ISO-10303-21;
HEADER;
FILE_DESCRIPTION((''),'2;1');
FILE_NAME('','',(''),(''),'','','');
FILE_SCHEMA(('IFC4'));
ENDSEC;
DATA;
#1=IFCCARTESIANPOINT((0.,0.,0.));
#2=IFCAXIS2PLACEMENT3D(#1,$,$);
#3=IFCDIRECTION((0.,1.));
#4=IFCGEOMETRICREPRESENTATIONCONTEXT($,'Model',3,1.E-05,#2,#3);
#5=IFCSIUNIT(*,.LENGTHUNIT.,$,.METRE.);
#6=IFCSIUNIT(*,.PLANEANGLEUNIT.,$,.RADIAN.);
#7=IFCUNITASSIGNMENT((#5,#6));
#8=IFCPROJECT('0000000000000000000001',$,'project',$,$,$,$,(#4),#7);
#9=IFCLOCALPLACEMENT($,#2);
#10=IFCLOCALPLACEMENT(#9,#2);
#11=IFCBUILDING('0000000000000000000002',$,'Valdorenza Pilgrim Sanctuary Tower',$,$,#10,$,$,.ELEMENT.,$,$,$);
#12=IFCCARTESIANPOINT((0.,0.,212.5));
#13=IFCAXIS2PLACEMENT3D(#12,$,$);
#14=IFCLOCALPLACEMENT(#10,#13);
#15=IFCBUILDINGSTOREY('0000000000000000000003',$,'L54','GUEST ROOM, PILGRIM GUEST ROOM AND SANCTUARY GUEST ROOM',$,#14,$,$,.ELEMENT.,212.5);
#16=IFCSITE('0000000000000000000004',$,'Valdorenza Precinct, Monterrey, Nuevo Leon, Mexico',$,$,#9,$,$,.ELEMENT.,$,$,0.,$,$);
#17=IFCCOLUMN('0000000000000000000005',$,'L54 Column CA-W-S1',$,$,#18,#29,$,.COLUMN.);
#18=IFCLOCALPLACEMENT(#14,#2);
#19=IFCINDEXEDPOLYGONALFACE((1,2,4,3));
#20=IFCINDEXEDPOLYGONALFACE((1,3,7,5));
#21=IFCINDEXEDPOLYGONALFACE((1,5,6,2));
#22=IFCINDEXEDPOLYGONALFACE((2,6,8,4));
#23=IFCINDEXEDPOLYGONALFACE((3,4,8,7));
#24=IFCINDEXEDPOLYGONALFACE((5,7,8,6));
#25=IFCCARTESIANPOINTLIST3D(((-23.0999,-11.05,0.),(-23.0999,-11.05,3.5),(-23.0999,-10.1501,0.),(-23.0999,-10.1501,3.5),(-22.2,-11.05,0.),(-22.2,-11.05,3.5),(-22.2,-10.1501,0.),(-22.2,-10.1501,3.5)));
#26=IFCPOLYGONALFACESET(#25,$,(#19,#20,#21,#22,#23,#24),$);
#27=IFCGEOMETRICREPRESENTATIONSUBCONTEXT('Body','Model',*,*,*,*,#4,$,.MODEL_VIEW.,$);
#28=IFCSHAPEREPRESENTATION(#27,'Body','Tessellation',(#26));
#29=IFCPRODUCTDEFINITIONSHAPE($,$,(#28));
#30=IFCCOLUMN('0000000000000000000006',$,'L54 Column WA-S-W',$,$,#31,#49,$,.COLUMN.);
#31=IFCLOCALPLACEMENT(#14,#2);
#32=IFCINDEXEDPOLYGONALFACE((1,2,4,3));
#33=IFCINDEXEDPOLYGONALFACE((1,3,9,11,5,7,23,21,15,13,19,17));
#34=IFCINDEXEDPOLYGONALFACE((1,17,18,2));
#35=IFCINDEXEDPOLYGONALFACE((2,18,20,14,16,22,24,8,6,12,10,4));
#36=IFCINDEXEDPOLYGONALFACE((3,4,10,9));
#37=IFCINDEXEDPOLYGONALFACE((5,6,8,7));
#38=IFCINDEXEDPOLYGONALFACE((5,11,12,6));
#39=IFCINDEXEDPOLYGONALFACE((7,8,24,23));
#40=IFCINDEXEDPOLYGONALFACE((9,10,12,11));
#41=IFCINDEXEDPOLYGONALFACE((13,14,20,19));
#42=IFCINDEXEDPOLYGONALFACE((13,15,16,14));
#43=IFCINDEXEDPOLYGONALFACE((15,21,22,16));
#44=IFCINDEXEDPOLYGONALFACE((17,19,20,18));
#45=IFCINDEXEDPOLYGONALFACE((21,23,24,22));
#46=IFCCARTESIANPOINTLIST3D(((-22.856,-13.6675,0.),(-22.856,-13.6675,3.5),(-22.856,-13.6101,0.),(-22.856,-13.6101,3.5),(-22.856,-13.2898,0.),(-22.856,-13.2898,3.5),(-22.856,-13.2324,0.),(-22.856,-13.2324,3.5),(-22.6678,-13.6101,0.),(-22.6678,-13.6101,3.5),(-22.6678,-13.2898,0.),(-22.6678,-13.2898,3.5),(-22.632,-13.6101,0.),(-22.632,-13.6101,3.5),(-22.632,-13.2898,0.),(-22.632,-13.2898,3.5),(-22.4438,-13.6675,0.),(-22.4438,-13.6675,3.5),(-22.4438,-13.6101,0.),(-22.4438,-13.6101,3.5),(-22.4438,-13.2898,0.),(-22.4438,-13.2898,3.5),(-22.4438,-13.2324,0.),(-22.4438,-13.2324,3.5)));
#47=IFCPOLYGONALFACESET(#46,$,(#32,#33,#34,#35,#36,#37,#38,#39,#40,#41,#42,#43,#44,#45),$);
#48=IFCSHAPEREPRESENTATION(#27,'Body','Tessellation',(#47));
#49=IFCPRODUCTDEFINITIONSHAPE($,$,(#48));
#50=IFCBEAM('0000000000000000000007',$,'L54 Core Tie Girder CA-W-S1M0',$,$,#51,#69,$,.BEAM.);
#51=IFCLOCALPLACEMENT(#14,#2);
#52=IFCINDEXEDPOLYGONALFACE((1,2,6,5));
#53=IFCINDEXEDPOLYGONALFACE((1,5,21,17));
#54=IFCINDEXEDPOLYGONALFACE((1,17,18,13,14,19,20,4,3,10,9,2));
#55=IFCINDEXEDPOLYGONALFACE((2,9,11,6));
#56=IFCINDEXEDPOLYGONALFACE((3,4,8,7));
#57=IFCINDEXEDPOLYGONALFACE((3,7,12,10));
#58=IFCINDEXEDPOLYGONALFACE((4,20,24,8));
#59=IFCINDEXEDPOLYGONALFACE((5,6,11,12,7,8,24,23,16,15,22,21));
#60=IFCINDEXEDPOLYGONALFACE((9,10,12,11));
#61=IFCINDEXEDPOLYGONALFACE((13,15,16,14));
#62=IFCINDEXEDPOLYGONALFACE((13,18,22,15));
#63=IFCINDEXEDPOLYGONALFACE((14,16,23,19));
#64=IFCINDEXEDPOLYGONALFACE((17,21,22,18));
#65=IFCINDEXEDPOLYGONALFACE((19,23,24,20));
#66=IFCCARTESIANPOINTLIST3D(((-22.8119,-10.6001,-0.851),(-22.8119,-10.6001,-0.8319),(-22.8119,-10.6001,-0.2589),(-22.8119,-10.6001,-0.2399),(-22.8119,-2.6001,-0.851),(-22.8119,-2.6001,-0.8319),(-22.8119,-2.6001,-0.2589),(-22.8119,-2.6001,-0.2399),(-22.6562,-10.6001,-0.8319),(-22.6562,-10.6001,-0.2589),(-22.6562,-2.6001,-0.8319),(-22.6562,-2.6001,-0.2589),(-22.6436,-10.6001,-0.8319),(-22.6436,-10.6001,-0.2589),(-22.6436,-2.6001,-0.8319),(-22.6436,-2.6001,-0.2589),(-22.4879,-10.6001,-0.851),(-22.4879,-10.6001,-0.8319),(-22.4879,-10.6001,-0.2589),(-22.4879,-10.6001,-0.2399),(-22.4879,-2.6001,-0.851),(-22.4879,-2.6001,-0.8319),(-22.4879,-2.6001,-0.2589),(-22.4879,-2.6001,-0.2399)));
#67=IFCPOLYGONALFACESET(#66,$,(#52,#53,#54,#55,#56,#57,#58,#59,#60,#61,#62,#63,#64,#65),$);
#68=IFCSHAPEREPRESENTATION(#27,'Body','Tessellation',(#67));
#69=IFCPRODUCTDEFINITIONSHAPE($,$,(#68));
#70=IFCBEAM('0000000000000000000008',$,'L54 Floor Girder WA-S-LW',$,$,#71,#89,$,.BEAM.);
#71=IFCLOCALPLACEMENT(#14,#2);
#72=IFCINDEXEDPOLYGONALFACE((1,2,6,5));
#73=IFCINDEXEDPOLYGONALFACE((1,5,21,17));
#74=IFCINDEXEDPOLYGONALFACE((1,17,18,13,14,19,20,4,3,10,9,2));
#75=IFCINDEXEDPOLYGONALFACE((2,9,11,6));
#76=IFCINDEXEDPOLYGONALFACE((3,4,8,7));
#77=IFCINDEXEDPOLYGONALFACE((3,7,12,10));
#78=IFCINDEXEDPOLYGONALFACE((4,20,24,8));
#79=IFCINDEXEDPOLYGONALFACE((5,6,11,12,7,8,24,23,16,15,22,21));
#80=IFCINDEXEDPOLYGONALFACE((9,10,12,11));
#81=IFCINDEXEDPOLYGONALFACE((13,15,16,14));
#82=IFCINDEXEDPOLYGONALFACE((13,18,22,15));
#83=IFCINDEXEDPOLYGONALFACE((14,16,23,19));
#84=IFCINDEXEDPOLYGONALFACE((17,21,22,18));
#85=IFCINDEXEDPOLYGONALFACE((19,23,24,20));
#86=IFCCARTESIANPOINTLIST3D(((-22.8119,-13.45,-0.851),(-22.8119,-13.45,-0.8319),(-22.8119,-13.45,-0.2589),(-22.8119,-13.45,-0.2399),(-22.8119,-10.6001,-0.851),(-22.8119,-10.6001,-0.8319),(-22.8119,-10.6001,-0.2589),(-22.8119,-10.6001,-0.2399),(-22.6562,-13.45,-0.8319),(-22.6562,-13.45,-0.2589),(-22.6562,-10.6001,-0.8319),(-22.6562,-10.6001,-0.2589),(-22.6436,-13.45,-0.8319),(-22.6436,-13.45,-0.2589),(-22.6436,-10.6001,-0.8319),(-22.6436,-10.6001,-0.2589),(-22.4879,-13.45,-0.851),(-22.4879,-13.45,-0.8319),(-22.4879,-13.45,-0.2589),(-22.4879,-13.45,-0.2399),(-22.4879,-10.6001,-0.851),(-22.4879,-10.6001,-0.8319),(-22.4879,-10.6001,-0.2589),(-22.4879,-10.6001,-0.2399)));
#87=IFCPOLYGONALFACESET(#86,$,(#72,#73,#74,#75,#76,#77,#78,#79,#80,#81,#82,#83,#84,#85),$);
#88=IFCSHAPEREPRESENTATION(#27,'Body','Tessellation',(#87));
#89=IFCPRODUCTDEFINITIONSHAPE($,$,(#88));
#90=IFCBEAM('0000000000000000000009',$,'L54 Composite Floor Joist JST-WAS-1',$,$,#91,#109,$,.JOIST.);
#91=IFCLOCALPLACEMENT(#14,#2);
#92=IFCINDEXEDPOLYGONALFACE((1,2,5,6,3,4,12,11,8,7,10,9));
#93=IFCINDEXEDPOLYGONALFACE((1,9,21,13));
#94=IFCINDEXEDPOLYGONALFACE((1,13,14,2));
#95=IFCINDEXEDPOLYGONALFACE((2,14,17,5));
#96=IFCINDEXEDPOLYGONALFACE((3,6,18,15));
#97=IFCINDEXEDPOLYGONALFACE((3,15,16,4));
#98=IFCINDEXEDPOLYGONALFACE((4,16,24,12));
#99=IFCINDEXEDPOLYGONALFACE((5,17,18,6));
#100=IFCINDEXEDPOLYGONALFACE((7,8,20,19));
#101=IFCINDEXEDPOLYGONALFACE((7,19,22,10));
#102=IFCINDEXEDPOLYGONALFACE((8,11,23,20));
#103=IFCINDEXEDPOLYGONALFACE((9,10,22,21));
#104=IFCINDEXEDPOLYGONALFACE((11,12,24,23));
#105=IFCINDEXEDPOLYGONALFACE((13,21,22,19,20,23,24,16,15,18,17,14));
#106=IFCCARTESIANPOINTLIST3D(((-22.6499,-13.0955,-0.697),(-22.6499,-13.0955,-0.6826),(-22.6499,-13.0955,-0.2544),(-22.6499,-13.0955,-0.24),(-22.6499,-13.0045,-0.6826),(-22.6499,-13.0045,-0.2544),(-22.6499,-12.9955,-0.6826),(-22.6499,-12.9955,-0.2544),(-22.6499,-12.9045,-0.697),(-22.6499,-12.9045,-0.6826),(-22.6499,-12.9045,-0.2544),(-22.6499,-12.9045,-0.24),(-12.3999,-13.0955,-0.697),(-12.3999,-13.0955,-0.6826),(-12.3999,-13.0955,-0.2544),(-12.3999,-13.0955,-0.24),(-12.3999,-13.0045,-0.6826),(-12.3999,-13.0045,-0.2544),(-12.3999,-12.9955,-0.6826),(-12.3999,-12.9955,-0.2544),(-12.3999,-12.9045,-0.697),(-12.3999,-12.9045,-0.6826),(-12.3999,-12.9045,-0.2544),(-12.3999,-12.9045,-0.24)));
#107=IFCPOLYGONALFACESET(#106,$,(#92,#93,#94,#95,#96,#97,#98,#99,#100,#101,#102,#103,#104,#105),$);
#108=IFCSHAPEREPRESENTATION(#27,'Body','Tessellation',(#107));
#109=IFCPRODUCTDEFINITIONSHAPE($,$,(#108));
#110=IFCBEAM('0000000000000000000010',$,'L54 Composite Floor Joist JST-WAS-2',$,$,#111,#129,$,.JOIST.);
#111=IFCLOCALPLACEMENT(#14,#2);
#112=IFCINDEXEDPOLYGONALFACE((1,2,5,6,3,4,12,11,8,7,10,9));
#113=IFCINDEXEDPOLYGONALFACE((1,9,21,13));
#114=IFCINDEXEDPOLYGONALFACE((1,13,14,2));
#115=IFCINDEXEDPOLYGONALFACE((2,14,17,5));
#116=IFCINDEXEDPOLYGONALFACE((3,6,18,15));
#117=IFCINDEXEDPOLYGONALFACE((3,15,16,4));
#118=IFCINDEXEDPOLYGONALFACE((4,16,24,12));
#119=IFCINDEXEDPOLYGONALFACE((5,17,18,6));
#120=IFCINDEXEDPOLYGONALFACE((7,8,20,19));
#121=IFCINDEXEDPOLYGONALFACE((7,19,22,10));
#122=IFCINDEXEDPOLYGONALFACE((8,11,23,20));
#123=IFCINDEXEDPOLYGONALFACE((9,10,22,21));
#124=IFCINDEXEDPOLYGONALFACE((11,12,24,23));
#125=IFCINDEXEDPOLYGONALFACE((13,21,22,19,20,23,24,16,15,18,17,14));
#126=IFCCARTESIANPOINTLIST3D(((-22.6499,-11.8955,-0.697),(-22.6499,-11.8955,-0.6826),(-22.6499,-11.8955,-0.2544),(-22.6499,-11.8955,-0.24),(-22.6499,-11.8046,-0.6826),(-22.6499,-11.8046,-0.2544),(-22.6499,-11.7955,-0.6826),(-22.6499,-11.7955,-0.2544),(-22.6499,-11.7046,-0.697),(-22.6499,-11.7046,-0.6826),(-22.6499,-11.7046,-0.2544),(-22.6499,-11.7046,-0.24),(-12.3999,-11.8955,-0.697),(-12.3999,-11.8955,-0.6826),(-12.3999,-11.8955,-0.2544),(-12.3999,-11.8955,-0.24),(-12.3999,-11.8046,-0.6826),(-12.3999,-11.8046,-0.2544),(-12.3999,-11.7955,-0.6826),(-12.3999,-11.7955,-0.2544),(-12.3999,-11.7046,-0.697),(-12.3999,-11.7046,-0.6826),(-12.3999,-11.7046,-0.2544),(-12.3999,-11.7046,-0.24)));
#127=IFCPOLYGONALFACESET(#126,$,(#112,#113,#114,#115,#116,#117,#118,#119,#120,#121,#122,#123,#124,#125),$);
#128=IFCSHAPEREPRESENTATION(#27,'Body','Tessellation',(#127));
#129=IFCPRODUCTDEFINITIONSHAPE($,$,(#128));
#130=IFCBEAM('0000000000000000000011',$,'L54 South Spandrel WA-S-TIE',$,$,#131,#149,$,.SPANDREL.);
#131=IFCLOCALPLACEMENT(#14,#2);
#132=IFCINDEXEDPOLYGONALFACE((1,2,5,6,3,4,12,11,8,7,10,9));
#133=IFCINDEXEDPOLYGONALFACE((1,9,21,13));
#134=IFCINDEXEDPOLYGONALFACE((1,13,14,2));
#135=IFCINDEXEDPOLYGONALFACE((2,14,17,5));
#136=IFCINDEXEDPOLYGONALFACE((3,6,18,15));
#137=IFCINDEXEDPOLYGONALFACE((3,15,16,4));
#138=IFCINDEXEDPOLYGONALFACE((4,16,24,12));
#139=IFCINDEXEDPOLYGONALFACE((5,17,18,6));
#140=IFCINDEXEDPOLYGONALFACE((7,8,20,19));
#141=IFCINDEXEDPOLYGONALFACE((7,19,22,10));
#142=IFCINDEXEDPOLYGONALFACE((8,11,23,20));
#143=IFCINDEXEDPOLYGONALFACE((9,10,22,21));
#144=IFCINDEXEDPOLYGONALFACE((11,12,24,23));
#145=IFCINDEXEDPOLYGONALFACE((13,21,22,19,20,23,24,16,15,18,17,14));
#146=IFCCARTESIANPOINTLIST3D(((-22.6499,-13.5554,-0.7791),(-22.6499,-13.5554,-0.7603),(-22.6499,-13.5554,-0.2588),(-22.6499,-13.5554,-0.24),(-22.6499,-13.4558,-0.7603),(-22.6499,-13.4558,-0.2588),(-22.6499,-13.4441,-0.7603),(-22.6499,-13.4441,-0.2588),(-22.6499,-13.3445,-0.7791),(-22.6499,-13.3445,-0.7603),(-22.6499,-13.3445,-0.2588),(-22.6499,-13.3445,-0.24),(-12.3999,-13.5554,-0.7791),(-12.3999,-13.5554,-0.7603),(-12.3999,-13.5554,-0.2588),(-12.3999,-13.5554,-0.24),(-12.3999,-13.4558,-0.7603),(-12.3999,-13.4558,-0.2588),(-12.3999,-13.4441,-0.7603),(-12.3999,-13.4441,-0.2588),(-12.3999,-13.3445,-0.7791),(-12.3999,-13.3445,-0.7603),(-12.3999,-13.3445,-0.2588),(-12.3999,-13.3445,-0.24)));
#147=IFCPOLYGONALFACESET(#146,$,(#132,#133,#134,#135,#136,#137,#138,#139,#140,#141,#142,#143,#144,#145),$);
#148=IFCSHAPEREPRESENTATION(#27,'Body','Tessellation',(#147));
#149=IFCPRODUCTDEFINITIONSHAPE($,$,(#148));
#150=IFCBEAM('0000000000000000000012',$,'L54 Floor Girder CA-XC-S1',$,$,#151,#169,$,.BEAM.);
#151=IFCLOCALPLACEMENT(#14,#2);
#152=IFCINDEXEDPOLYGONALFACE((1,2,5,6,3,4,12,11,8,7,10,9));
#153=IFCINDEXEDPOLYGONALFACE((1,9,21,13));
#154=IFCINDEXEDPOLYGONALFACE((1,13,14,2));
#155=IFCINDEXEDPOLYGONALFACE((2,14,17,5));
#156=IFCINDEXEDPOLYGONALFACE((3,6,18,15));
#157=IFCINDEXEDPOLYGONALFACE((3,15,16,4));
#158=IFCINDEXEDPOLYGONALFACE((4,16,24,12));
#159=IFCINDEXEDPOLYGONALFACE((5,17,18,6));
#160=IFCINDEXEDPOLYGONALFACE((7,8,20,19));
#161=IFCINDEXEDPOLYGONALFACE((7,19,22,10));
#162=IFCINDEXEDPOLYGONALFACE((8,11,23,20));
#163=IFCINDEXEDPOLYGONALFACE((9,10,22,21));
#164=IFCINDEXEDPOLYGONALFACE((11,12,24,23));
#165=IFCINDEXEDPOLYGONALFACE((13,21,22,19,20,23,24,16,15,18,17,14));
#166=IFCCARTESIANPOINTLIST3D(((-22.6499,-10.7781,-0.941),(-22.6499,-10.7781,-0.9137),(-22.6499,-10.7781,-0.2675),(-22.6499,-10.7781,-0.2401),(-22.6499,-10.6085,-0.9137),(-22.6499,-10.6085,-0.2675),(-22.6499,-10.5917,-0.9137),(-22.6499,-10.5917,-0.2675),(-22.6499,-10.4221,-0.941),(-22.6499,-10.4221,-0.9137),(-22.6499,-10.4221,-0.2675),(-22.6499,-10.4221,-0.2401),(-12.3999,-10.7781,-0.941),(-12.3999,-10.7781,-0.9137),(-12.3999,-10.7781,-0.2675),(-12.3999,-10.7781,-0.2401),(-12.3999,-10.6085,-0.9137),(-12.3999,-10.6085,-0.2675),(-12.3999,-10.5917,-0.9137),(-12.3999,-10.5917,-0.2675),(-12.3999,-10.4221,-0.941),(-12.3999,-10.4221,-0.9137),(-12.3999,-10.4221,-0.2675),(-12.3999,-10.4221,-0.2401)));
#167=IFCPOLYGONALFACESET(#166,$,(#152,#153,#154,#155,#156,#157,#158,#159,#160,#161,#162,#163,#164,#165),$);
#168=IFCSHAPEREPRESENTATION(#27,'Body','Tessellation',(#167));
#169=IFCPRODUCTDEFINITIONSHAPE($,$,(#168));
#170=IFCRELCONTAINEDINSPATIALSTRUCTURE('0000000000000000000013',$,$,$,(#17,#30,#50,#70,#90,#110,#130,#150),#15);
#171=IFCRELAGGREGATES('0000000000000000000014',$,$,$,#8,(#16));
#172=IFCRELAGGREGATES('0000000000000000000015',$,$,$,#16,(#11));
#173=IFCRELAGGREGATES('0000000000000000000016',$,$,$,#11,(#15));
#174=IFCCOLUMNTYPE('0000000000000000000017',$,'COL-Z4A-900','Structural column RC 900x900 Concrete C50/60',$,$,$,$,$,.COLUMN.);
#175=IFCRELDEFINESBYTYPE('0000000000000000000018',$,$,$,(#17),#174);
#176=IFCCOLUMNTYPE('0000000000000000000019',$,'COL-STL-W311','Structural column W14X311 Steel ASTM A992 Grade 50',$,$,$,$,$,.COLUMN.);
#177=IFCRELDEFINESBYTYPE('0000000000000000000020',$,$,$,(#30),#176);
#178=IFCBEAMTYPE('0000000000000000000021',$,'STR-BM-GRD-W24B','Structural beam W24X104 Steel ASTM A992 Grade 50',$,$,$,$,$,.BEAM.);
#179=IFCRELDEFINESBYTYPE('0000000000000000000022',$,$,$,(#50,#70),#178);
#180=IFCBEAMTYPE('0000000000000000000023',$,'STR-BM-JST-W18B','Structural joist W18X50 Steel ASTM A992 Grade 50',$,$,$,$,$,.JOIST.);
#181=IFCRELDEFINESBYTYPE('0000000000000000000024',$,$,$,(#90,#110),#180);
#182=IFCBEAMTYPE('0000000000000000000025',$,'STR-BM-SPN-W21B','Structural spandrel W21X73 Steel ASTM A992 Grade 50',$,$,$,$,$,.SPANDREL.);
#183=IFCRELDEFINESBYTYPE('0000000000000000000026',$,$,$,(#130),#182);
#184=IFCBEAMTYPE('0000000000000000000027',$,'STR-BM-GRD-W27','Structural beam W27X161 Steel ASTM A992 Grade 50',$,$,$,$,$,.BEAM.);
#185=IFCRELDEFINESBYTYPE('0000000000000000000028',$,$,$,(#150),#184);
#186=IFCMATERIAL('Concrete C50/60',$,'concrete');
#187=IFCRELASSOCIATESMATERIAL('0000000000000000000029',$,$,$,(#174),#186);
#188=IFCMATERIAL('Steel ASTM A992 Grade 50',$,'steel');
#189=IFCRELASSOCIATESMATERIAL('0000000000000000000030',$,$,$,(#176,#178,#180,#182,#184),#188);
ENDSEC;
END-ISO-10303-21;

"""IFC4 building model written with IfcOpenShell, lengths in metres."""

from ifc_helpers import new_model, si_unit, direction, frame, origin, origin_2d, place, context, subcontext, project, spatial, rectangle, i_section, extrude, source, transform, mapped, material, material_profile, profile_set, type_object, element, save


model = new_model("IFC4")

# Units and contexts
model_context = context("Model", 3, precision=1e-05, world=origin(), true_north=direction((0.0, 1.0)))
body_context = subcontext(model_context, "Body", "Model", "MODEL_VIEW")
ifc_project = project(units=[si_unit("LENGTHUNIT", "METRE"), si_unit("PLANEANGLEUNIT", "RADIAN")], contexts=[model_context])

# Site, building, storey
site_placement = place(None, origin())
site = spatial("IfcSite", under=ifc_project, at=site_placement, Name="Valdorenza Precinct, Monterrey, Nuevo Leon, Mexico", CompositionType="ELEMENT", RefElevation=0.0)
building_placement = place(site_placement, origin())
building = spatial("IfcBuilding", under=site, at=building_placement, Name="Valdorenza Pilgrim Sanctuary Tower", CompositionType="ELEMENT")
storey_placement = place(building_placement, frame((0.0, 0.0, 212.5)))
storey = spatial("IfcBuildingStorey", under=building, at=storey_placement, Name="L54", Description="GUEST ROOM, PILGRIM GUEST ROOM AND SANCTUARY GUEST ROOM", CompositionType="ELEMENT", Elevation=212.5)

# Columns
ifc_material_1 = material(Name="Concrete C50/60", Category="concrete")
ifc_material_profile_1 = material_profile(ifc_material_1, rectangle(XDim=0.8999, YDim=0.8999, at=origin_2d()), Name="RC 900x900")
ifc_profile_set_1 = profile_set([ifc_material_profile_1], Name="Concrete C50/60")
column_type_1 = type_object("IfcColumnType", Name="COL-Z4A-900", Description="Structural column RC 900x900 Concrete C50/60", PredefinedType="COLUMN", material=ifc_profile_set_1)
shared_shape_1 = source(origin(), body_context, "Body", "SweptSolid", [
    extrude(rectangle(XDim=0.8999, YDim=0.8999, at=origin_2d()), origin(), (0.0, 0.0, 1.0), 3.5),
])
column_1_placement = place(storey_placement, frame((-22.6499, -10.6001, 0.0), z_axis=(0.0, 0.0, 1.0), x_axis=(1.0, 0.0, 0.0)))
element("IfcColumn", 1, at=column_1_placement, inside=storey, type_object=column_type_1, Name="L54 Column CA-W-S1", PredefinedType="COLUMN", context=body_context, shape_type="MappedRepresentation", body=[
    mapped(shared_shape_1, transform((0.0, 0.0, 0.0), x_axis=(1.0, 0.0, 0.0), y_axis=(0.0, 1.0, 0.0), z_axis=(0.0, 0.0, 1.0), scale=1.0)),
])
ifc_material_2 = material(Name="Steel ASTM A992 Grade 50", Category="steel")
ifc_material_profile_2 = material_profile(ifc_material_2, i_section(OverallWidth=0.4121, OverallDepth=0.4351, WebThickness=0.0359, FlangeThickness=0.0574, at=origin_2d()), Name="W14X311")
ifc_profile_set_2 = profile_set([ifc_material_profile_2], Name="Steel ASTM A992 Grade 50")
column_type_2 = type_object("IfcColumnType", Name="COL-STL-W311", Description="Structural column W14X311 Steel ASTM A992 Grade 50", PredefinedType="COLUMN", material=ifc_profile_set_2)
shared_shape_2 = source(origin(), body_context, "Body", "SweptSolid", [
    extrude(i_section(OverallWidth=0.4121, OverallDepth=0.4351, WebThickness=0.0359, FlangeThickness=0.0574, at=origin_2d()), origin(), (0.0, 0.0, 1.0), 3.5),
])
column_2_placement = place(storey_placement, frame((-22.6499, -13.45, 0.0), z_axis=(0.0, 0.0, 1.0), x_axis=(1.0, 0.0, 0.0)))
element("IfcColumn", 2, at=column_2_placement, inside=storey, type_object=column_type_2, Name="L54 Column WA-S-W", PredefinedType="COLUMN", context=body_context, shape_type="MappedRepresentation", body=[
    mapped(shared_shape_2, transform((0.0, 0.0, 0.0), x_axis=(1.0, 0.0, 0.0), y_axis=(0.0, 1.0, 0.0), z_axis=(0.0, 0.0, 1.0), scale=1.0)),
])

# Beams
ifc_material_profile_3 = material_profile(ifc_material_2, i_section(OverallWidth=0.324, OverallDepth=0.6111, WebThickness=0.0127, FlangeThickness=0.019, at=origin_2d()), Name="W24X104")
ifc_profile_set_3 = profile_set([ifc_material_profile_3], Name="Steel ASTM A992 Grade 50")
beam_type_1 = type_object("IfcBeamType", Name="STR-BM-GRD-W24B", Description="Structural beam W24X104 Steel ASTM A992 Grade 50", PredefinedType="BEAM", material=ifc_profile_set_3)
shared_shape_3 = source(origin(), body_context, "Body", "SweptSolid", [
    extrude(i_section(OverallWidth=0.324, OverallDepth=0.6111, WebThickness=0.0127, FlangeThickness=0.019, at=origin_2d()), origin(), (0.0, 0.0, 1.0), 8.0),
])
beam_1_placement = place(storey_placement, frame((-22.6499, -10.6001, -0.5454), z_axis=(0.0, 1.0, 0.0), x_axis=(-1.0, 0.0, 0.0)))
element("IfcBeam", 3, at=beam_1_placement, inside=storey, type_object=beam_type_1, Name="L54 Core Tie Girder CA-W-S1M0", PredefinedType="BEAM", context=body_context, shape_type="MappedRepresentation", body=[
    mapped(shared_shape_3, transform((0.0, 0.0, 0.0), x_axis=(1.0, 0.0, 0.0), y_axis=(0.0, 1.0, 0.0), z_axis=(0.0, 0.0, 1.0), scale=1.0)),
])
shared_shape_4 = source(origin(), body_context, "Body", "SweptSolid", [
    extrude(i_section(OverallWidth=0.324, OverallDepth=0.6111, WebThickness=0.0127, FlangeThickness=0.019, at=origin_2d()), origin(), (0.0, 0.0, 1.0), 2.8499),
])
beam_2_placement = place(storey_placement, frame((-22.6499, -13.45, -0.5454), z_axis=(0.0, 1.0, 0.0), x_axis=(-1.0, 0.0, 0.0)))
element("IfcBeam", 4, at=beam_2_placement, inside=storey, type_object=beam_type_1, Name="L54 Floor Girder WA-S-LW", PredefinedType="BEAM", context=body_context, shape_type="MappedRepresentation", body=[
    mapped(shared_shape_4, transform((0.0, 0.0, 0.0), x_axis=(1.0, 0.0, 0.0), y_axis=(0.0, 1.0, 0.0), z_axis=(0.0, 0.0, 1.0), scale=1.0)),
])
ifc_material_profile_4 = material_profile(ifc_material_2, i_section(OverallWidth=0.1909, OverallDepth=0.457, WebThickness=0.009, FlangeThickness=0.0144, at=origin_2d()), Name="W18X50")
ifc_profile_set_4 = profile_set([ifc_material_profile_4], Name="Steel ASTM A992 Grade 50")
beam_type_2 = type_object("IfcBeamType", Name="STR-BM-JST-W18B", Description="Structural joist W18X50 Steel ASTM A992 Grade 50", PredefinedType="JOIST", material=ifc_profile_set_4)
shared_shape_5 = source(origin(), body_context, "Body", "SweptSolid", [
    extrude(i_section(OverallWidth=0.1909, OverallDepth=0.457, WebThickness=0.009, FlangeThickness=0.0144, at=origin_2d()), origin(), (0.0, 0.0, 1.0), 10.25),
])
for number, where, z_axis, x_axis, name in (
    (5, (-22.6499, -13.0, -0.4685), (1.0, 0.0, 0.0), (0.0, 1.0, 0.0), "L54 Composite Floor Joist JST-WAS-1"),
    (6, (-22.6499, -11.8, -0.4685), (1.0, 0.0, 0.0), (0.0, 1.0, 0.0), "L54 Composite Floor Joist JST-WAS-2"),
):
    element("IfcBeam", number, at=place(storey_placement, frame(where, z_axis=z_axis, x_axis=x_axis)), inside=storey, type_object=beam_type_2, Name=name, PredefinedType="JOIST", context=body_context, shape_type="MappedRepresentation", body=[
        mapped(shared_shape_5, transform((0.0, 0.0, 0.0), x_axis=(1.0, 0.0, 0.0), y_axis=(0.0, 1.0, 0.0), z_axis=(0.0, 0.0, 1.0), scale=1.0)),
    ])
ifc_material_profile_5 = material_profile(ifc_material_2, i_section(OverallWidth=0.2109, OverallDepth=0.5391, WebThickness=0.0117, FlangeThickness=0.0188, at=origin_2d()), Name="W21X73")
ifc_profile_set_5 = profile_set([ifc_material_profile_5], Name="Steel ASTM A992 Grade 50")
beam_type_3 = type_object("IfcBeamType", Name="STR-BM-SPN-W21B", Description="Structural spandrel W21X73 Steel ASTM A992 Grade 50", PredefinedType="SPANDREL", material=ifc_profile_set_5)
shared_shape_6 = source(origin(), body_context, "Body", "SweptSolid", [
    extrude(i_section(OverallWidth=0.2109, OverallDepth=0.5391, WebThickness=0.0117, FlangeThickness=0.0188, at=origin_2d()), origin(), (0.0, 0.0, 1.0), 10.25),
])
beam_3_placement = place(storey_placement, frame((-22.6499, -13.45, -0.5095), z_axis=(1.0, 0.0, 0.0), x_axis=(0.0, 1.0, 0.0)))
element("IfcBeam", 7, at=beam_3_placement, inside=storey, type_object=beam_type_3, Name="L54 South Spandrel WA-S-TIE", PredefinedType="SPANDREL", context=body_context, shape_type="MappedRepresentation", body=[
    mapped(shared_shape_6, transform((0.0, 0.0, 0.0), x_axis=(1.0, 0.0, 0.0), y_axis=(0.0, 1.0, 0.0), z_axis=(0.0, 0.0, 1.0), scale=1.0)),
])
ifc_material_profile_6 = material_profile(ifc_material_2, i_section(OverallWidth=0.356, OverallDepth=0.7009, WebThickness=0.0168, FlangeThickness=0.0273, at=origin_2d()), Name="W27X161")
ifc_profile_set_6 = profile_set([ifc_material_profile_6], Name="Steel ASTM A992 Grade 50")
beam_type_4 = type_object("IfcBeamType", Name="STR-BM-GRD-W27", Description="Structural beam W27X161 Steel ASTM A992 Grade 50", PredefinedType="BEAM", material=ifc_profile_set_6)
shared_shape_7 = source(origin(), body_context, "Body", "SweptSolid", [
    extrude(i_section(OverallWidth=0.356, OverallDepth=0.7009, WebThickness=0.0168, FlangeThickness=0.0273, at=origin_2d()), origin(), (0.0, 0.0, 1.0), 10.25),
])
beam_4_placement = place(storey_placement, frame((-22.6499, -10.6001, -0.5906), z_axis=(1.0, 0.0, 0.0), x_axis=(0.0, 1.0, 0.0)))
element("IfcBeam", 8, at=beam_4_placement, inside=storey, type_object=beam_type_4, Name="L54 Floor Girder CA-XC-S1", PredefinedType="BEAM", context=body_context, shape_type="MappedRepresentation", body=[
    mapped(shared_shape_7, transform((0.0, 0.0, 0.0), x_axis=(1.0, 0.0, 0.0), y_axis=(0.0, 1.0, 0.0), z_axis=(0.0, 0.0, 1.0), scale=1.0)),
])

save(model, "model.ifc")
